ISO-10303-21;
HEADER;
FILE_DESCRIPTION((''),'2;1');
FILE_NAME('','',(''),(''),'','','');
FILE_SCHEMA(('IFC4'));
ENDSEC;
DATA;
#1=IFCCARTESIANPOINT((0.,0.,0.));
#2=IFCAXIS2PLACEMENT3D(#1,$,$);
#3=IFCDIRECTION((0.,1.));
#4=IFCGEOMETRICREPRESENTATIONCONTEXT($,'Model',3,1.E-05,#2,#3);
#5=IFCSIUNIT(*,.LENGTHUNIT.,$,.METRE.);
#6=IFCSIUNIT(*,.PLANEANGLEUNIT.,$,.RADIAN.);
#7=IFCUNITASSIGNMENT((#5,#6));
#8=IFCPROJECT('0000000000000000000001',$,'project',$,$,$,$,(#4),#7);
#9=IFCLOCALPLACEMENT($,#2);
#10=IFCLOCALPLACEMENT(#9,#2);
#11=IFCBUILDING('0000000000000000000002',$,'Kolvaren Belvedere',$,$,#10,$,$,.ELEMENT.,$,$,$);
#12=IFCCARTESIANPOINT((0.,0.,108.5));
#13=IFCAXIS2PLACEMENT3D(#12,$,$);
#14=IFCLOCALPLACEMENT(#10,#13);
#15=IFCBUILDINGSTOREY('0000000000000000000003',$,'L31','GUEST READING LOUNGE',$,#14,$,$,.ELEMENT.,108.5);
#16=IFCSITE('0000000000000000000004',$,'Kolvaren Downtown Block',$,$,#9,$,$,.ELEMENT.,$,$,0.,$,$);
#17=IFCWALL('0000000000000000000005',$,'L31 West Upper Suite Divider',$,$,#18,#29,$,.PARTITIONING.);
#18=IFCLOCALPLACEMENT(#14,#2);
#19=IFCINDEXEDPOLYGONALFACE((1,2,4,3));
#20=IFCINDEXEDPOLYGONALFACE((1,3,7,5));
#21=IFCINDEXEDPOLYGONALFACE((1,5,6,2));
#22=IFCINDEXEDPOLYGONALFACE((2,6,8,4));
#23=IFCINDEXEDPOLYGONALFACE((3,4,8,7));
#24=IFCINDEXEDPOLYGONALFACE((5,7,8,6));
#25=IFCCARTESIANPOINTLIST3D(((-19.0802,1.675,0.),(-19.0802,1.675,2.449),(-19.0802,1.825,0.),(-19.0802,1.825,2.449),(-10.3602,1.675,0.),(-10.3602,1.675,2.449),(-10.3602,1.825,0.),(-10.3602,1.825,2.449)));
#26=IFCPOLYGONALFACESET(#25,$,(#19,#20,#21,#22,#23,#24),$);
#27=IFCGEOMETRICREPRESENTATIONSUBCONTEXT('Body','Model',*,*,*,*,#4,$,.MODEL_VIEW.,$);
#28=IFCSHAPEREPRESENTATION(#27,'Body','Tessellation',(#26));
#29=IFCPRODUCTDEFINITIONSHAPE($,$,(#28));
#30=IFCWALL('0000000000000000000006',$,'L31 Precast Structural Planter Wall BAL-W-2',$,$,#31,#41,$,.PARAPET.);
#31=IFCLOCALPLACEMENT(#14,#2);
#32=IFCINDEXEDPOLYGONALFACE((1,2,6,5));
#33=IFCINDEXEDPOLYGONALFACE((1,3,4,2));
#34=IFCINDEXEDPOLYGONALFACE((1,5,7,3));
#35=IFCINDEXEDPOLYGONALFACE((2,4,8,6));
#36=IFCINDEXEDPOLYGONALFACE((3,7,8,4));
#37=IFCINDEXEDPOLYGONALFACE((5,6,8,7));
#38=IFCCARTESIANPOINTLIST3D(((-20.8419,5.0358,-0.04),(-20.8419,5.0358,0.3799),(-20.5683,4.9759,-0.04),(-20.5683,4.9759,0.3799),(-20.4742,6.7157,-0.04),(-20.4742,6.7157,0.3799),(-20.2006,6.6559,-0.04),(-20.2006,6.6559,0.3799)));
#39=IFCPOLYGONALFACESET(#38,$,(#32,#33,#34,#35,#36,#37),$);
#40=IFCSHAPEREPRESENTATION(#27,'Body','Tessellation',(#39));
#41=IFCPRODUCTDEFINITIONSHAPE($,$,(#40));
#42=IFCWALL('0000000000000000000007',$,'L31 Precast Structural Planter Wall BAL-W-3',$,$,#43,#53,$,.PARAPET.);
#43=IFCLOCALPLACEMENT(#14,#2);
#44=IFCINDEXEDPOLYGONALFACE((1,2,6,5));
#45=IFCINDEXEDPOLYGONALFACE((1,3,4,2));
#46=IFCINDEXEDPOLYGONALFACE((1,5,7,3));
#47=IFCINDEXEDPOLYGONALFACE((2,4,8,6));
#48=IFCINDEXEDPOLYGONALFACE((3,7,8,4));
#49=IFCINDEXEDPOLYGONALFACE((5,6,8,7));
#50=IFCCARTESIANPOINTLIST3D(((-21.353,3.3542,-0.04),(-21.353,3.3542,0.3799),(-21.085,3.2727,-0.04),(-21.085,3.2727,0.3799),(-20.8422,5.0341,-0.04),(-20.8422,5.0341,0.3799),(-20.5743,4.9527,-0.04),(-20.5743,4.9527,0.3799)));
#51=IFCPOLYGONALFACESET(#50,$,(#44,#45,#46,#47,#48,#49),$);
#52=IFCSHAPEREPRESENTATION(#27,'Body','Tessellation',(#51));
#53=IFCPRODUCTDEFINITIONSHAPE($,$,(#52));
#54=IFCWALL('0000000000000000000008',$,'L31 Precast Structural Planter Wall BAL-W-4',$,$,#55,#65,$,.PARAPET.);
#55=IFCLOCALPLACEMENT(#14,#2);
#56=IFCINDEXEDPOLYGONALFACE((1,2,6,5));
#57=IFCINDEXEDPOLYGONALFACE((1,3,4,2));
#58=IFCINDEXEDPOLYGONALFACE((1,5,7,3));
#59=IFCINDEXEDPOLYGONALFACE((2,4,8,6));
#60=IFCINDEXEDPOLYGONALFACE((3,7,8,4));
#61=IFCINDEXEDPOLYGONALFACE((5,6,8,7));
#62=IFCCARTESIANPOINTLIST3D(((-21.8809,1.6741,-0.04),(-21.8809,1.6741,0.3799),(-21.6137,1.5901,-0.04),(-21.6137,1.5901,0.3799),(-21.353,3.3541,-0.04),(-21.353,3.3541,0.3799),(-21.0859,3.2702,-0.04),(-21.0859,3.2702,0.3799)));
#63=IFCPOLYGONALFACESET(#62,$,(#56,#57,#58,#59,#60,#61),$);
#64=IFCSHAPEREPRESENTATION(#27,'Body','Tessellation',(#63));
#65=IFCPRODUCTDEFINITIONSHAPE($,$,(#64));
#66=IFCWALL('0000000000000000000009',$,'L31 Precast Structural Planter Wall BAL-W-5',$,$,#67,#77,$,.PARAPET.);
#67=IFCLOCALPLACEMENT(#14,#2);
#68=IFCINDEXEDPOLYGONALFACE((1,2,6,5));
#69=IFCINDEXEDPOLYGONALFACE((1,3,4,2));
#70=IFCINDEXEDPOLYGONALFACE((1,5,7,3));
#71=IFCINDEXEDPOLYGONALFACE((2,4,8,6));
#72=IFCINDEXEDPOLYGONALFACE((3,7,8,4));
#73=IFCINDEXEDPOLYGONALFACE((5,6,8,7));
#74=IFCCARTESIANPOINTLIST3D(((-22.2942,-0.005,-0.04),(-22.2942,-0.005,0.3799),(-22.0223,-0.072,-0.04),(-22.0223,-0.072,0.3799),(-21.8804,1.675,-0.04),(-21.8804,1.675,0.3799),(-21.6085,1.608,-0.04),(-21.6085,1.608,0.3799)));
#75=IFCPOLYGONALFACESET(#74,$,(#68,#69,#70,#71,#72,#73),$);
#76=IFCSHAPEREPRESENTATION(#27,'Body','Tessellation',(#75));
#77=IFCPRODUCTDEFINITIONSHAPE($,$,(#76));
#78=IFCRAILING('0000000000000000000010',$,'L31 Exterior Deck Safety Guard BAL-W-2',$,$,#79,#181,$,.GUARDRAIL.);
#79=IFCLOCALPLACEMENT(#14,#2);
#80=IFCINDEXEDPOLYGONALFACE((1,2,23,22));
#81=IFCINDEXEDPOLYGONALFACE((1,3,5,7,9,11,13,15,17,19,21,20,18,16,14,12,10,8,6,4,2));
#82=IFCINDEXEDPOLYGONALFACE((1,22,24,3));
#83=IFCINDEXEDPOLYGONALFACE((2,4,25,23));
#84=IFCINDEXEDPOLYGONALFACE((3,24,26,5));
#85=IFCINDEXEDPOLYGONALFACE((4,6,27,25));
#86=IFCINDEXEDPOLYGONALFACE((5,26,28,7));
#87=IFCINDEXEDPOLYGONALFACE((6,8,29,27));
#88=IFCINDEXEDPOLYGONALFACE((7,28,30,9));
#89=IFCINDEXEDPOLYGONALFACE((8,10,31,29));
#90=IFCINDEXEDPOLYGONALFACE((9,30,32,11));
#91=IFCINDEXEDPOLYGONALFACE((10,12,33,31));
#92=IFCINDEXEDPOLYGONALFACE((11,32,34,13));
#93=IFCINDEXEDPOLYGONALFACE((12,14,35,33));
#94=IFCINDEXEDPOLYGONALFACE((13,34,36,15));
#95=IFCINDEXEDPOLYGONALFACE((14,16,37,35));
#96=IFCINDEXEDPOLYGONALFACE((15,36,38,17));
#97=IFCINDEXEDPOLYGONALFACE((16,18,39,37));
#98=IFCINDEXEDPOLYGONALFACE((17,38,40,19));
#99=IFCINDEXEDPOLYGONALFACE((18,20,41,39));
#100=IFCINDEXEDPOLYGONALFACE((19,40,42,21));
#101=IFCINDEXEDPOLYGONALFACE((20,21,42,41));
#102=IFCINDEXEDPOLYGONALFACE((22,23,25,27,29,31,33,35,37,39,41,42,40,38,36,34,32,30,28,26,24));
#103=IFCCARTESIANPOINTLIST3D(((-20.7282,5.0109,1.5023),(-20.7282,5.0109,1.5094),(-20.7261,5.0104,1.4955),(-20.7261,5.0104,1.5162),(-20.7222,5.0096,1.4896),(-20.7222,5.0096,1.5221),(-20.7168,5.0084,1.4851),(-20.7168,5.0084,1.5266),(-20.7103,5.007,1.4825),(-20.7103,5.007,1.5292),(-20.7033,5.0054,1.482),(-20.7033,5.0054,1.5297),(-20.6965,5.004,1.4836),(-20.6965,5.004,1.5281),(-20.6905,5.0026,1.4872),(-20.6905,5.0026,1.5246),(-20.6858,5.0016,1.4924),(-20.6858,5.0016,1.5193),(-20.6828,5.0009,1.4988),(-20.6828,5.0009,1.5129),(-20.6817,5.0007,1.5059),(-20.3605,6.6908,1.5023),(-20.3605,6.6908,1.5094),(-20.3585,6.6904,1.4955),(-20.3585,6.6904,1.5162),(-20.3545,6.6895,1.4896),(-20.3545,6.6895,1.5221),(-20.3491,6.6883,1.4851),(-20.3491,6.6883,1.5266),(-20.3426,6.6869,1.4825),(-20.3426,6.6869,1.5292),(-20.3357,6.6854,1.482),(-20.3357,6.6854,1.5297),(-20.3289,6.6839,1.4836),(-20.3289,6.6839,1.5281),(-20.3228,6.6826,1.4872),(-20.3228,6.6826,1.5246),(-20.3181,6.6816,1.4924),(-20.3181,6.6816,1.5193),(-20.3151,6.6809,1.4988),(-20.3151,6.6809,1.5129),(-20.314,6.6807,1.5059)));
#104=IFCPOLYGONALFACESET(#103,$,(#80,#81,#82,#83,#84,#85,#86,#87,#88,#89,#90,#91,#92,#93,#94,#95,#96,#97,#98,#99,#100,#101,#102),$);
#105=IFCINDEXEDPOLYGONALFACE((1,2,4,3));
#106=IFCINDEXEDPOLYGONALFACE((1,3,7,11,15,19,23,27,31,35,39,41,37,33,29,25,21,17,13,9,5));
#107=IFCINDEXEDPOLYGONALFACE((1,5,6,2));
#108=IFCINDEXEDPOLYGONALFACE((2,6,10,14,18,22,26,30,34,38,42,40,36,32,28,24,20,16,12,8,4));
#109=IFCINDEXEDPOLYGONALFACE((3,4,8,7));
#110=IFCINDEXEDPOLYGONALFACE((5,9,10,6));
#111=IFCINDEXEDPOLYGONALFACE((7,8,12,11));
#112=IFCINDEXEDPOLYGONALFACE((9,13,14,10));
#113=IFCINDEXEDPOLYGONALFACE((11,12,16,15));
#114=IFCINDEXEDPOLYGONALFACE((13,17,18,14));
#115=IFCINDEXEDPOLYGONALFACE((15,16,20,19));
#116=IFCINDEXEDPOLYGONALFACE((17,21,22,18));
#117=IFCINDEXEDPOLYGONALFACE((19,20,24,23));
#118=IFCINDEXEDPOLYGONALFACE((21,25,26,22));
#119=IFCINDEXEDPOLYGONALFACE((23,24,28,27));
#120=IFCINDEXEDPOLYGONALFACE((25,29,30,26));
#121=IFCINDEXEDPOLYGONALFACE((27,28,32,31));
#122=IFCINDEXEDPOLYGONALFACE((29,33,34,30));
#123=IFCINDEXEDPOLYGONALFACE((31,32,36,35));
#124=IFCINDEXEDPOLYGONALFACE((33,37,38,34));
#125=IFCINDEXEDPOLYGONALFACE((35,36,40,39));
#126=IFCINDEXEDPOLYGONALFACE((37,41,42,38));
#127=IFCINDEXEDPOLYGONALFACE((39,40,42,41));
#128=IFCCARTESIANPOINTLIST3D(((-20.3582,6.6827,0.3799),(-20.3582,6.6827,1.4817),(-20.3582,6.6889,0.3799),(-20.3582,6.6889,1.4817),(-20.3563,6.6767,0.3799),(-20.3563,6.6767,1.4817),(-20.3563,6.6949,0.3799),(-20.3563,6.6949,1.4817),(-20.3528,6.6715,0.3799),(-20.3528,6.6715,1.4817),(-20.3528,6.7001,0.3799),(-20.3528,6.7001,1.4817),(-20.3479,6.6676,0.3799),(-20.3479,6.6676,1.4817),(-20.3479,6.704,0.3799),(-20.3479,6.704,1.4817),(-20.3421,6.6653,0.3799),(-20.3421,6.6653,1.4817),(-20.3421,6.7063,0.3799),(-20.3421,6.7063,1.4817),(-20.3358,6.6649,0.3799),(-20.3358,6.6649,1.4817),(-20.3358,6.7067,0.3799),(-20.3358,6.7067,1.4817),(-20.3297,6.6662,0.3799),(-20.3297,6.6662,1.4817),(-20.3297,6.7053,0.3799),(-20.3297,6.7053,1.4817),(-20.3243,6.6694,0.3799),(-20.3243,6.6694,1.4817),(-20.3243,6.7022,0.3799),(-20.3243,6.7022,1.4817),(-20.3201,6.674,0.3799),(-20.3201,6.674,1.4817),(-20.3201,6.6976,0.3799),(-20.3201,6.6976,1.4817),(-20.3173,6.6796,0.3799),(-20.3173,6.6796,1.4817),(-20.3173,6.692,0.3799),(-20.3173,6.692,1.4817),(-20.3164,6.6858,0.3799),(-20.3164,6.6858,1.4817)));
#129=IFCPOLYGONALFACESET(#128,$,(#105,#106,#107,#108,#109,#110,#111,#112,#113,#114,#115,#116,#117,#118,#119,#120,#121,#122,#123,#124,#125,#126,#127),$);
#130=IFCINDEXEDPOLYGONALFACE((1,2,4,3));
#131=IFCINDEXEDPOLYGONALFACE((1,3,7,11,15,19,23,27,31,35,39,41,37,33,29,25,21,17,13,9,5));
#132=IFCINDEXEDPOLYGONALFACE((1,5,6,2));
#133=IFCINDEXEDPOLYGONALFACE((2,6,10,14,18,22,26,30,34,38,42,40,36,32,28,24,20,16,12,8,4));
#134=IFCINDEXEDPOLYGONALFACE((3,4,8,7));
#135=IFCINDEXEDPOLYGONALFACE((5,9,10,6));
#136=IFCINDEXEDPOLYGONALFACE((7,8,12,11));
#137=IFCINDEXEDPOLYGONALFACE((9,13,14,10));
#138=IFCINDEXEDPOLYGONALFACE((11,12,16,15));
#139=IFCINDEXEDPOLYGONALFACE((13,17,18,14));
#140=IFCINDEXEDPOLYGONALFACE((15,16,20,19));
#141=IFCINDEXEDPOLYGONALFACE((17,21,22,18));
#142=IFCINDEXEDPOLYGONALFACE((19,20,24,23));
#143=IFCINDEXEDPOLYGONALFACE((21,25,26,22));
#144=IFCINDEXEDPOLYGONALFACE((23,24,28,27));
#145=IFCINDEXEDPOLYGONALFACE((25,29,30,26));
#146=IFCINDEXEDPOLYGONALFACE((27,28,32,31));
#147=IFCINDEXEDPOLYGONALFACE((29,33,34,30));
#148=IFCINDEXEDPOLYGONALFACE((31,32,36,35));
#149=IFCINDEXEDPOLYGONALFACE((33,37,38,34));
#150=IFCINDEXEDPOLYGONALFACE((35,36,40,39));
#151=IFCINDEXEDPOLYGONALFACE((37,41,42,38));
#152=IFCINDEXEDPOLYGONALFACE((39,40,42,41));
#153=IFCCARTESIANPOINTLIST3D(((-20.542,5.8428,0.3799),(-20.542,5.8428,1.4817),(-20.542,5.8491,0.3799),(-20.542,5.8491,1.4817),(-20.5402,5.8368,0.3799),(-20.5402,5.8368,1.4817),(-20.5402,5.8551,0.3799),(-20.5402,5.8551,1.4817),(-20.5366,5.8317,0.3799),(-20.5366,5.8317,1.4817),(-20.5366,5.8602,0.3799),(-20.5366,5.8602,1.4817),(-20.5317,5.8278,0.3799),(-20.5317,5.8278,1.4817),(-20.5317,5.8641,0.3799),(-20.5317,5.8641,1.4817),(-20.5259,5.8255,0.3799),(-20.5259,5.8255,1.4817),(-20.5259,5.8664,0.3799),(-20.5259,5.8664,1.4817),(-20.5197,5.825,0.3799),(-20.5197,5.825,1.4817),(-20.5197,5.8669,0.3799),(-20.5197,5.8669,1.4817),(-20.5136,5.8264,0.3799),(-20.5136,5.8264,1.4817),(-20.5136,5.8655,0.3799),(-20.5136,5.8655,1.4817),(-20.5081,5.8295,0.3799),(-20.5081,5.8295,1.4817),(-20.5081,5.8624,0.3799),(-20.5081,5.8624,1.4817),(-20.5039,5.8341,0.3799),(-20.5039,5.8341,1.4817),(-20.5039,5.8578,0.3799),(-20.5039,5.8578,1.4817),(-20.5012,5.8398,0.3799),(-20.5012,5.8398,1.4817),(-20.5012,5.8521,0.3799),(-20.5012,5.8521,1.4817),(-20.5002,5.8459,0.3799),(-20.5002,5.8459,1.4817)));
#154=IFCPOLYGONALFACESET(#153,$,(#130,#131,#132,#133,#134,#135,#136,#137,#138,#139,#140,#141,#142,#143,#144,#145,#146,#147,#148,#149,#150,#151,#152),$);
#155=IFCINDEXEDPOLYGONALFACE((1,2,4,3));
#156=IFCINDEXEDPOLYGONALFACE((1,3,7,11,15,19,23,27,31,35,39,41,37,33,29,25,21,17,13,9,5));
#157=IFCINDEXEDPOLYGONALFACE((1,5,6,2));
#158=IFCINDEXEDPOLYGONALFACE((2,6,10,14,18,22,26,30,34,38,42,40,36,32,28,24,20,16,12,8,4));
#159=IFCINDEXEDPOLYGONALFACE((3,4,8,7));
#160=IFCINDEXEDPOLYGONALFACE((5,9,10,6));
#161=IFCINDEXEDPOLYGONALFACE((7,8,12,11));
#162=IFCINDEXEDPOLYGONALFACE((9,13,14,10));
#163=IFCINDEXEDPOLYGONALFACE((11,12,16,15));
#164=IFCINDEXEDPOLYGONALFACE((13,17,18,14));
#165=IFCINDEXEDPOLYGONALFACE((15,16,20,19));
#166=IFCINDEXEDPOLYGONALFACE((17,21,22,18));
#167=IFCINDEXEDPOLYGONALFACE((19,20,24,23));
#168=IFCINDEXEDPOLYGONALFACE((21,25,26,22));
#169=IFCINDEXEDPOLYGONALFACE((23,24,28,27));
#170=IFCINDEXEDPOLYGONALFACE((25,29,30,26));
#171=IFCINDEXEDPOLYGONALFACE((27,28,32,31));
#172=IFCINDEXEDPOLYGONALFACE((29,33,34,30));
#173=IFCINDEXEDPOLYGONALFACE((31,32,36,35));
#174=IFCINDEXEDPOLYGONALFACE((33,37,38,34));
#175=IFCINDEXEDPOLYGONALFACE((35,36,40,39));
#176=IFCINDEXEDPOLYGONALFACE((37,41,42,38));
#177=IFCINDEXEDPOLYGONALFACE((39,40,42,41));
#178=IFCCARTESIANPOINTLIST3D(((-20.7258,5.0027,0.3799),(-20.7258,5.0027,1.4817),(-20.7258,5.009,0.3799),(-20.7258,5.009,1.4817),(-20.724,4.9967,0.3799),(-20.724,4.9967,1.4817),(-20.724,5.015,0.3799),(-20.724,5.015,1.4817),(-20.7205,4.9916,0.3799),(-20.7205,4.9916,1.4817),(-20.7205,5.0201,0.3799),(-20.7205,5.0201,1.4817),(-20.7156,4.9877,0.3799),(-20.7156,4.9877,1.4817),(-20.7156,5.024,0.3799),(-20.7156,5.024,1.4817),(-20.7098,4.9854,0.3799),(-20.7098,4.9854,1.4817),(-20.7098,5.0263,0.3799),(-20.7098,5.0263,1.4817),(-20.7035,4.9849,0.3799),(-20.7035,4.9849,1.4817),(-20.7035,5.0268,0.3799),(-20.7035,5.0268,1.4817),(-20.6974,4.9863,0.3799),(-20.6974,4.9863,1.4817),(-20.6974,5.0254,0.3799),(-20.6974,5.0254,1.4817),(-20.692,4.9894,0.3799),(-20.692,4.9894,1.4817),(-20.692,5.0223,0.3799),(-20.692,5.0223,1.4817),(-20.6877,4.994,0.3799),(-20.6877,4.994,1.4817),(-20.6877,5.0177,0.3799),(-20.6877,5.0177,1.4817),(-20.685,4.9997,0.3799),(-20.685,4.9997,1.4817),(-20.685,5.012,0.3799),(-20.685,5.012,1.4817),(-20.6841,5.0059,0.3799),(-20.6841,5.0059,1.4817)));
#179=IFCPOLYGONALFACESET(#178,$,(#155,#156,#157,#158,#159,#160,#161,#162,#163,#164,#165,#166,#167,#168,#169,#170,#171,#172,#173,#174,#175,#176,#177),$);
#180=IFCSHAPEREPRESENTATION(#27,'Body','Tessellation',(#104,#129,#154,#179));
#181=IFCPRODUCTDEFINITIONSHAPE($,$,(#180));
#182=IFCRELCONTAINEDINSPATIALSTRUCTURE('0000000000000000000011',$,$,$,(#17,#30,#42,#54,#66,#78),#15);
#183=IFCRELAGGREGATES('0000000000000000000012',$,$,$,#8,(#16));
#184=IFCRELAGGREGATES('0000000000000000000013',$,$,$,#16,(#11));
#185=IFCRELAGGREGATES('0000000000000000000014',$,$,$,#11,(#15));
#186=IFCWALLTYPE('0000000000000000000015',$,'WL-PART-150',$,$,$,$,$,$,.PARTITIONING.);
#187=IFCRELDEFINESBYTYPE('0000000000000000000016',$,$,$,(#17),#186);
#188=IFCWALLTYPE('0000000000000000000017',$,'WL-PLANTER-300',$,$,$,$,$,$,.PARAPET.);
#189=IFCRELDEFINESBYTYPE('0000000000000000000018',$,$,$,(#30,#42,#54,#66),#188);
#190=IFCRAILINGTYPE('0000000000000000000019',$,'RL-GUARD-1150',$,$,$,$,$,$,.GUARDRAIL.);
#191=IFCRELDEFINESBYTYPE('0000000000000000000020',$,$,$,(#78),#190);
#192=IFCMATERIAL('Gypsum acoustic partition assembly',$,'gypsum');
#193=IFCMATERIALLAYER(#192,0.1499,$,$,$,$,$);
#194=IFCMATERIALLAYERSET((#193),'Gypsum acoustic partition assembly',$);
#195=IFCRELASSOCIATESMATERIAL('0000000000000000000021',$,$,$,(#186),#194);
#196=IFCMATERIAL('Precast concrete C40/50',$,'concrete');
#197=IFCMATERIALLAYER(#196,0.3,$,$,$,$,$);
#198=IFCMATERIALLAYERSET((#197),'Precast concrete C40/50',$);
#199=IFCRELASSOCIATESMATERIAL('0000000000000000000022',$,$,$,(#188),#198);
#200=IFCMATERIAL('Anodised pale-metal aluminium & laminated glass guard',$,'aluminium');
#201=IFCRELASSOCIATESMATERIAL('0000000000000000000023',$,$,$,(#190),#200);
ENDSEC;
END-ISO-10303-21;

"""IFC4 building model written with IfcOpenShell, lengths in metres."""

from ifc_helpers import new_model, si_unit, direction, frame, frame_2d, origin, origin_2d, place, context, subcontext, project, spatial, rectangle, circle, extrude, material, layer, layer_set, type_object, element, save


model = new_model("IFC4")

# Units and contexts
model_context = context("Model", 3, precision=1e-05, world=origin(), true_north=direction((0.0, 1.0)))
body_context = subcontext(model_context, "Body", "Model", "MODEL_VIEW")
ifc_project = project(units=[si_unit("LENGTHUNIT", "METRE"), si_unit("PLANEANGLEUNIT", "RADIAN")], contexts=[model_context])

# Site, building, storey
site_placement = place(None, origin())
site = spatial("IfcSite", under=ifc_project, at=site_placement, Name="Kolvaren Downtown Block", CompositionType="ELEMENT", RefElevation=0.0)
building_placement = place(site_placement, origin())
building = spatial("IfcBuilding", under=site, at=building_placement, Name="Kolvaren Belvedere", CompositionType="ELEMENT")
storey_placement = place(building_placement, frame((0.0, 0.0, 108.5)))
storey = spatial("IfcBuildingStorey", under=building, at=storey_placement, Name="L31", Description="GUEST READING LOUNGE", CompositionType="ELEMENT", Elevation=108.5)

# Walls
ifc_material_1 = material(Name="Gypsum acoustic partition assembly", Category="gypsum")
ifc_layer_1 = layer(ifc_material_1, 0.1499)
ifc_layer_set_1 = layer_set([ifc_layer_1], Name="Gypsum acoustic partition assembly")
wall_type_1 = type_object("IfcWallType", Name="WL-PART-150", PredefinedType="PARTITIONING", material=ifc_layer_set_1)
wall_1_placement = place(storey_placement, frame((-19.0801, 1.75, 0.0), z_axis=(0.0, 0.0, 1.0), x_axis=(1.0, 0.0, 0.0)))
element("IfcWall", 1, at=wall_1_placement, inside=storey, type_object=wall_type_1, Name="L31 West Upper Suite Divider", PredefinedType="PARTITIONING", context=body_context, shape_type="SweptSolid", body=[
    extrude(rectangle(XDim=8.72, YDim=0.1499, at=frame_2d((4.3599, 0.0))), origin(), (0.0, 0.0, 1.0), 2.449),
])
ifc_material_2 = material(Name="Precast concrete C40/50", Category="concrete")
ifc_layer_2 = layer(ifc_material_2, 0.3)
ifc_layer_set_2 = layer_set([ifc_layer_2], Name="Precast concrete C40/50")
wall_type_2 = type_object("IfcWallType", Name="WL-PLANTER-300", PredefinedType="PARAPET", material=ifc_layer_set_2)
wall_2_placement = place(storey_placement, frame((-20.3374, 6.6858, -0.04), z_axis=(0.0, 0.0, 1.0), x_axis=(-0.213803, -0.976877, 0.0)))
element("IfcWall", 2, at=wall_2_placement, inside=storey, type_object=wall_type_2, Name="L31 Precast Structural Planter Wall BAL-W-2", PredefinedType="PARAPET", context=body_context, shape_type="SweptSolid", body=[
    extrude(rectangle(XDim=1.7197, YDim=0.28, at=frame_2d((0.8599, 0.0))), origin(), (0.0, 0.0, 1.0), 0.4199),
])
wall_3_placement = place(storey_placement, frame((-20.7083, 4.9934, -0.04), z_axis=(0.0, 0.0, 1.0), x_axis=(-0.290879, -0.95676, 0.0)))
element("IfcWall", 3, at=wall_3_placement, inside=storey, type_object=wall_type_2, Name="L31 Precast Structural Planter Wall BAL-W-3", PredefinedType="PARAPET", context=body_context, shape_type="SweptSolid", body=[
    extrude(rectangle(XDim=1.7559, YDim=0.28, at=frame_2d((0.8779, 0.0))), origin(), (0.0, 0.0, 1.0), 0.4199),
])
wall_4_placement = place(storey_placement, frame((-21.2195, 3.312, -0.04), z_axis=(0.0, 0.0, 1.0), x_axis=(-0.299751, -0.954018, 0.0)))
element("IfcWall", 4, at=wall_4_placement, inside=storey, type_object=wall_type_2, Name="L31 Precast Structural Planter Wall BAL-W-4", PredefinedType="PARAPET", context=body_context, shape_type="SweptSolid", body=[
    extrude(rectangle(XDim=1.761, YDim=0.28, at=frame_2d((0.8804, 0.0))), origin(), (0.0, 0.0, 1.0), 0.4199),
])
wall_5_placement = place(storey_placement, frame((-21.7444, 1.6416, -0.04), z_axis=(0.0, 0.0, 1.0), x_axis=(-0.239181, -0.970975, 0.0)))
element("IfcWall", 5, at=wall_5_placement, inside=storey, type_object=wall_type_2, Name="L31 Precast Structural Planter Wall BAL-W-5", PredefinedType="PARAPET", context=body_context, shape_type="SweptSolid", body=[
    extrude(rectangle(XDim=1.7302, YDim=0.28, at=frame_2d((0.8652, 0.0))), origin(), (0.0, 0.0, 1.0), 0.4199),
])

# Railing
ifc_material_3 = material(Name="Anodised pale-metal aluminium & laminated glass guard", Category="aluminium")
railing_type = type_object("IfcRailingType", Name="RL-GUARD-1150", PredefinedType="GUARDRAIL", material=ifc_material_3)
railing_1_placement = place(storey_placement, frame((-20.3374, 6.6858, 0.3799)))
element("IfcRailing", 6, at=railing_1_placement, inside=storey, type_object=railing_type, Name="L31 Exterior Deck Safety Guard BAL-W-2", PredefinedType="GUARDRAIL", context=body_context, shape_type="SweptSolid", body=[
    extrude(circle(Radius=0.0239, at=origin_2d()), frame((0.0, 0.0, 1.126), z_axis=(-0.213803, -0.976877, 0.0), x_axis=(0.976877, -0.213803, 0.0)), (0.0, 0.0, 1.0), 1.7197),
    extrude(circle(Radius=0.021, at=origin_2d()), origin(), (0.0, 0.0, 1.0), 1.1018),
    extrude(circle(Radius=0.021, at=origin_2d()), frame((-0.1838, -0.8398, 0.0)), (0.0, 0.0, 1.0), 1.1018),
    extrude(circle(Radius=0.021, at=origin_2d()), frame((-0.3677, -1.6799, 0.0)), (0.0, 0.0, 1.0), 1.1018),
])

save(model, "model.ifc")
